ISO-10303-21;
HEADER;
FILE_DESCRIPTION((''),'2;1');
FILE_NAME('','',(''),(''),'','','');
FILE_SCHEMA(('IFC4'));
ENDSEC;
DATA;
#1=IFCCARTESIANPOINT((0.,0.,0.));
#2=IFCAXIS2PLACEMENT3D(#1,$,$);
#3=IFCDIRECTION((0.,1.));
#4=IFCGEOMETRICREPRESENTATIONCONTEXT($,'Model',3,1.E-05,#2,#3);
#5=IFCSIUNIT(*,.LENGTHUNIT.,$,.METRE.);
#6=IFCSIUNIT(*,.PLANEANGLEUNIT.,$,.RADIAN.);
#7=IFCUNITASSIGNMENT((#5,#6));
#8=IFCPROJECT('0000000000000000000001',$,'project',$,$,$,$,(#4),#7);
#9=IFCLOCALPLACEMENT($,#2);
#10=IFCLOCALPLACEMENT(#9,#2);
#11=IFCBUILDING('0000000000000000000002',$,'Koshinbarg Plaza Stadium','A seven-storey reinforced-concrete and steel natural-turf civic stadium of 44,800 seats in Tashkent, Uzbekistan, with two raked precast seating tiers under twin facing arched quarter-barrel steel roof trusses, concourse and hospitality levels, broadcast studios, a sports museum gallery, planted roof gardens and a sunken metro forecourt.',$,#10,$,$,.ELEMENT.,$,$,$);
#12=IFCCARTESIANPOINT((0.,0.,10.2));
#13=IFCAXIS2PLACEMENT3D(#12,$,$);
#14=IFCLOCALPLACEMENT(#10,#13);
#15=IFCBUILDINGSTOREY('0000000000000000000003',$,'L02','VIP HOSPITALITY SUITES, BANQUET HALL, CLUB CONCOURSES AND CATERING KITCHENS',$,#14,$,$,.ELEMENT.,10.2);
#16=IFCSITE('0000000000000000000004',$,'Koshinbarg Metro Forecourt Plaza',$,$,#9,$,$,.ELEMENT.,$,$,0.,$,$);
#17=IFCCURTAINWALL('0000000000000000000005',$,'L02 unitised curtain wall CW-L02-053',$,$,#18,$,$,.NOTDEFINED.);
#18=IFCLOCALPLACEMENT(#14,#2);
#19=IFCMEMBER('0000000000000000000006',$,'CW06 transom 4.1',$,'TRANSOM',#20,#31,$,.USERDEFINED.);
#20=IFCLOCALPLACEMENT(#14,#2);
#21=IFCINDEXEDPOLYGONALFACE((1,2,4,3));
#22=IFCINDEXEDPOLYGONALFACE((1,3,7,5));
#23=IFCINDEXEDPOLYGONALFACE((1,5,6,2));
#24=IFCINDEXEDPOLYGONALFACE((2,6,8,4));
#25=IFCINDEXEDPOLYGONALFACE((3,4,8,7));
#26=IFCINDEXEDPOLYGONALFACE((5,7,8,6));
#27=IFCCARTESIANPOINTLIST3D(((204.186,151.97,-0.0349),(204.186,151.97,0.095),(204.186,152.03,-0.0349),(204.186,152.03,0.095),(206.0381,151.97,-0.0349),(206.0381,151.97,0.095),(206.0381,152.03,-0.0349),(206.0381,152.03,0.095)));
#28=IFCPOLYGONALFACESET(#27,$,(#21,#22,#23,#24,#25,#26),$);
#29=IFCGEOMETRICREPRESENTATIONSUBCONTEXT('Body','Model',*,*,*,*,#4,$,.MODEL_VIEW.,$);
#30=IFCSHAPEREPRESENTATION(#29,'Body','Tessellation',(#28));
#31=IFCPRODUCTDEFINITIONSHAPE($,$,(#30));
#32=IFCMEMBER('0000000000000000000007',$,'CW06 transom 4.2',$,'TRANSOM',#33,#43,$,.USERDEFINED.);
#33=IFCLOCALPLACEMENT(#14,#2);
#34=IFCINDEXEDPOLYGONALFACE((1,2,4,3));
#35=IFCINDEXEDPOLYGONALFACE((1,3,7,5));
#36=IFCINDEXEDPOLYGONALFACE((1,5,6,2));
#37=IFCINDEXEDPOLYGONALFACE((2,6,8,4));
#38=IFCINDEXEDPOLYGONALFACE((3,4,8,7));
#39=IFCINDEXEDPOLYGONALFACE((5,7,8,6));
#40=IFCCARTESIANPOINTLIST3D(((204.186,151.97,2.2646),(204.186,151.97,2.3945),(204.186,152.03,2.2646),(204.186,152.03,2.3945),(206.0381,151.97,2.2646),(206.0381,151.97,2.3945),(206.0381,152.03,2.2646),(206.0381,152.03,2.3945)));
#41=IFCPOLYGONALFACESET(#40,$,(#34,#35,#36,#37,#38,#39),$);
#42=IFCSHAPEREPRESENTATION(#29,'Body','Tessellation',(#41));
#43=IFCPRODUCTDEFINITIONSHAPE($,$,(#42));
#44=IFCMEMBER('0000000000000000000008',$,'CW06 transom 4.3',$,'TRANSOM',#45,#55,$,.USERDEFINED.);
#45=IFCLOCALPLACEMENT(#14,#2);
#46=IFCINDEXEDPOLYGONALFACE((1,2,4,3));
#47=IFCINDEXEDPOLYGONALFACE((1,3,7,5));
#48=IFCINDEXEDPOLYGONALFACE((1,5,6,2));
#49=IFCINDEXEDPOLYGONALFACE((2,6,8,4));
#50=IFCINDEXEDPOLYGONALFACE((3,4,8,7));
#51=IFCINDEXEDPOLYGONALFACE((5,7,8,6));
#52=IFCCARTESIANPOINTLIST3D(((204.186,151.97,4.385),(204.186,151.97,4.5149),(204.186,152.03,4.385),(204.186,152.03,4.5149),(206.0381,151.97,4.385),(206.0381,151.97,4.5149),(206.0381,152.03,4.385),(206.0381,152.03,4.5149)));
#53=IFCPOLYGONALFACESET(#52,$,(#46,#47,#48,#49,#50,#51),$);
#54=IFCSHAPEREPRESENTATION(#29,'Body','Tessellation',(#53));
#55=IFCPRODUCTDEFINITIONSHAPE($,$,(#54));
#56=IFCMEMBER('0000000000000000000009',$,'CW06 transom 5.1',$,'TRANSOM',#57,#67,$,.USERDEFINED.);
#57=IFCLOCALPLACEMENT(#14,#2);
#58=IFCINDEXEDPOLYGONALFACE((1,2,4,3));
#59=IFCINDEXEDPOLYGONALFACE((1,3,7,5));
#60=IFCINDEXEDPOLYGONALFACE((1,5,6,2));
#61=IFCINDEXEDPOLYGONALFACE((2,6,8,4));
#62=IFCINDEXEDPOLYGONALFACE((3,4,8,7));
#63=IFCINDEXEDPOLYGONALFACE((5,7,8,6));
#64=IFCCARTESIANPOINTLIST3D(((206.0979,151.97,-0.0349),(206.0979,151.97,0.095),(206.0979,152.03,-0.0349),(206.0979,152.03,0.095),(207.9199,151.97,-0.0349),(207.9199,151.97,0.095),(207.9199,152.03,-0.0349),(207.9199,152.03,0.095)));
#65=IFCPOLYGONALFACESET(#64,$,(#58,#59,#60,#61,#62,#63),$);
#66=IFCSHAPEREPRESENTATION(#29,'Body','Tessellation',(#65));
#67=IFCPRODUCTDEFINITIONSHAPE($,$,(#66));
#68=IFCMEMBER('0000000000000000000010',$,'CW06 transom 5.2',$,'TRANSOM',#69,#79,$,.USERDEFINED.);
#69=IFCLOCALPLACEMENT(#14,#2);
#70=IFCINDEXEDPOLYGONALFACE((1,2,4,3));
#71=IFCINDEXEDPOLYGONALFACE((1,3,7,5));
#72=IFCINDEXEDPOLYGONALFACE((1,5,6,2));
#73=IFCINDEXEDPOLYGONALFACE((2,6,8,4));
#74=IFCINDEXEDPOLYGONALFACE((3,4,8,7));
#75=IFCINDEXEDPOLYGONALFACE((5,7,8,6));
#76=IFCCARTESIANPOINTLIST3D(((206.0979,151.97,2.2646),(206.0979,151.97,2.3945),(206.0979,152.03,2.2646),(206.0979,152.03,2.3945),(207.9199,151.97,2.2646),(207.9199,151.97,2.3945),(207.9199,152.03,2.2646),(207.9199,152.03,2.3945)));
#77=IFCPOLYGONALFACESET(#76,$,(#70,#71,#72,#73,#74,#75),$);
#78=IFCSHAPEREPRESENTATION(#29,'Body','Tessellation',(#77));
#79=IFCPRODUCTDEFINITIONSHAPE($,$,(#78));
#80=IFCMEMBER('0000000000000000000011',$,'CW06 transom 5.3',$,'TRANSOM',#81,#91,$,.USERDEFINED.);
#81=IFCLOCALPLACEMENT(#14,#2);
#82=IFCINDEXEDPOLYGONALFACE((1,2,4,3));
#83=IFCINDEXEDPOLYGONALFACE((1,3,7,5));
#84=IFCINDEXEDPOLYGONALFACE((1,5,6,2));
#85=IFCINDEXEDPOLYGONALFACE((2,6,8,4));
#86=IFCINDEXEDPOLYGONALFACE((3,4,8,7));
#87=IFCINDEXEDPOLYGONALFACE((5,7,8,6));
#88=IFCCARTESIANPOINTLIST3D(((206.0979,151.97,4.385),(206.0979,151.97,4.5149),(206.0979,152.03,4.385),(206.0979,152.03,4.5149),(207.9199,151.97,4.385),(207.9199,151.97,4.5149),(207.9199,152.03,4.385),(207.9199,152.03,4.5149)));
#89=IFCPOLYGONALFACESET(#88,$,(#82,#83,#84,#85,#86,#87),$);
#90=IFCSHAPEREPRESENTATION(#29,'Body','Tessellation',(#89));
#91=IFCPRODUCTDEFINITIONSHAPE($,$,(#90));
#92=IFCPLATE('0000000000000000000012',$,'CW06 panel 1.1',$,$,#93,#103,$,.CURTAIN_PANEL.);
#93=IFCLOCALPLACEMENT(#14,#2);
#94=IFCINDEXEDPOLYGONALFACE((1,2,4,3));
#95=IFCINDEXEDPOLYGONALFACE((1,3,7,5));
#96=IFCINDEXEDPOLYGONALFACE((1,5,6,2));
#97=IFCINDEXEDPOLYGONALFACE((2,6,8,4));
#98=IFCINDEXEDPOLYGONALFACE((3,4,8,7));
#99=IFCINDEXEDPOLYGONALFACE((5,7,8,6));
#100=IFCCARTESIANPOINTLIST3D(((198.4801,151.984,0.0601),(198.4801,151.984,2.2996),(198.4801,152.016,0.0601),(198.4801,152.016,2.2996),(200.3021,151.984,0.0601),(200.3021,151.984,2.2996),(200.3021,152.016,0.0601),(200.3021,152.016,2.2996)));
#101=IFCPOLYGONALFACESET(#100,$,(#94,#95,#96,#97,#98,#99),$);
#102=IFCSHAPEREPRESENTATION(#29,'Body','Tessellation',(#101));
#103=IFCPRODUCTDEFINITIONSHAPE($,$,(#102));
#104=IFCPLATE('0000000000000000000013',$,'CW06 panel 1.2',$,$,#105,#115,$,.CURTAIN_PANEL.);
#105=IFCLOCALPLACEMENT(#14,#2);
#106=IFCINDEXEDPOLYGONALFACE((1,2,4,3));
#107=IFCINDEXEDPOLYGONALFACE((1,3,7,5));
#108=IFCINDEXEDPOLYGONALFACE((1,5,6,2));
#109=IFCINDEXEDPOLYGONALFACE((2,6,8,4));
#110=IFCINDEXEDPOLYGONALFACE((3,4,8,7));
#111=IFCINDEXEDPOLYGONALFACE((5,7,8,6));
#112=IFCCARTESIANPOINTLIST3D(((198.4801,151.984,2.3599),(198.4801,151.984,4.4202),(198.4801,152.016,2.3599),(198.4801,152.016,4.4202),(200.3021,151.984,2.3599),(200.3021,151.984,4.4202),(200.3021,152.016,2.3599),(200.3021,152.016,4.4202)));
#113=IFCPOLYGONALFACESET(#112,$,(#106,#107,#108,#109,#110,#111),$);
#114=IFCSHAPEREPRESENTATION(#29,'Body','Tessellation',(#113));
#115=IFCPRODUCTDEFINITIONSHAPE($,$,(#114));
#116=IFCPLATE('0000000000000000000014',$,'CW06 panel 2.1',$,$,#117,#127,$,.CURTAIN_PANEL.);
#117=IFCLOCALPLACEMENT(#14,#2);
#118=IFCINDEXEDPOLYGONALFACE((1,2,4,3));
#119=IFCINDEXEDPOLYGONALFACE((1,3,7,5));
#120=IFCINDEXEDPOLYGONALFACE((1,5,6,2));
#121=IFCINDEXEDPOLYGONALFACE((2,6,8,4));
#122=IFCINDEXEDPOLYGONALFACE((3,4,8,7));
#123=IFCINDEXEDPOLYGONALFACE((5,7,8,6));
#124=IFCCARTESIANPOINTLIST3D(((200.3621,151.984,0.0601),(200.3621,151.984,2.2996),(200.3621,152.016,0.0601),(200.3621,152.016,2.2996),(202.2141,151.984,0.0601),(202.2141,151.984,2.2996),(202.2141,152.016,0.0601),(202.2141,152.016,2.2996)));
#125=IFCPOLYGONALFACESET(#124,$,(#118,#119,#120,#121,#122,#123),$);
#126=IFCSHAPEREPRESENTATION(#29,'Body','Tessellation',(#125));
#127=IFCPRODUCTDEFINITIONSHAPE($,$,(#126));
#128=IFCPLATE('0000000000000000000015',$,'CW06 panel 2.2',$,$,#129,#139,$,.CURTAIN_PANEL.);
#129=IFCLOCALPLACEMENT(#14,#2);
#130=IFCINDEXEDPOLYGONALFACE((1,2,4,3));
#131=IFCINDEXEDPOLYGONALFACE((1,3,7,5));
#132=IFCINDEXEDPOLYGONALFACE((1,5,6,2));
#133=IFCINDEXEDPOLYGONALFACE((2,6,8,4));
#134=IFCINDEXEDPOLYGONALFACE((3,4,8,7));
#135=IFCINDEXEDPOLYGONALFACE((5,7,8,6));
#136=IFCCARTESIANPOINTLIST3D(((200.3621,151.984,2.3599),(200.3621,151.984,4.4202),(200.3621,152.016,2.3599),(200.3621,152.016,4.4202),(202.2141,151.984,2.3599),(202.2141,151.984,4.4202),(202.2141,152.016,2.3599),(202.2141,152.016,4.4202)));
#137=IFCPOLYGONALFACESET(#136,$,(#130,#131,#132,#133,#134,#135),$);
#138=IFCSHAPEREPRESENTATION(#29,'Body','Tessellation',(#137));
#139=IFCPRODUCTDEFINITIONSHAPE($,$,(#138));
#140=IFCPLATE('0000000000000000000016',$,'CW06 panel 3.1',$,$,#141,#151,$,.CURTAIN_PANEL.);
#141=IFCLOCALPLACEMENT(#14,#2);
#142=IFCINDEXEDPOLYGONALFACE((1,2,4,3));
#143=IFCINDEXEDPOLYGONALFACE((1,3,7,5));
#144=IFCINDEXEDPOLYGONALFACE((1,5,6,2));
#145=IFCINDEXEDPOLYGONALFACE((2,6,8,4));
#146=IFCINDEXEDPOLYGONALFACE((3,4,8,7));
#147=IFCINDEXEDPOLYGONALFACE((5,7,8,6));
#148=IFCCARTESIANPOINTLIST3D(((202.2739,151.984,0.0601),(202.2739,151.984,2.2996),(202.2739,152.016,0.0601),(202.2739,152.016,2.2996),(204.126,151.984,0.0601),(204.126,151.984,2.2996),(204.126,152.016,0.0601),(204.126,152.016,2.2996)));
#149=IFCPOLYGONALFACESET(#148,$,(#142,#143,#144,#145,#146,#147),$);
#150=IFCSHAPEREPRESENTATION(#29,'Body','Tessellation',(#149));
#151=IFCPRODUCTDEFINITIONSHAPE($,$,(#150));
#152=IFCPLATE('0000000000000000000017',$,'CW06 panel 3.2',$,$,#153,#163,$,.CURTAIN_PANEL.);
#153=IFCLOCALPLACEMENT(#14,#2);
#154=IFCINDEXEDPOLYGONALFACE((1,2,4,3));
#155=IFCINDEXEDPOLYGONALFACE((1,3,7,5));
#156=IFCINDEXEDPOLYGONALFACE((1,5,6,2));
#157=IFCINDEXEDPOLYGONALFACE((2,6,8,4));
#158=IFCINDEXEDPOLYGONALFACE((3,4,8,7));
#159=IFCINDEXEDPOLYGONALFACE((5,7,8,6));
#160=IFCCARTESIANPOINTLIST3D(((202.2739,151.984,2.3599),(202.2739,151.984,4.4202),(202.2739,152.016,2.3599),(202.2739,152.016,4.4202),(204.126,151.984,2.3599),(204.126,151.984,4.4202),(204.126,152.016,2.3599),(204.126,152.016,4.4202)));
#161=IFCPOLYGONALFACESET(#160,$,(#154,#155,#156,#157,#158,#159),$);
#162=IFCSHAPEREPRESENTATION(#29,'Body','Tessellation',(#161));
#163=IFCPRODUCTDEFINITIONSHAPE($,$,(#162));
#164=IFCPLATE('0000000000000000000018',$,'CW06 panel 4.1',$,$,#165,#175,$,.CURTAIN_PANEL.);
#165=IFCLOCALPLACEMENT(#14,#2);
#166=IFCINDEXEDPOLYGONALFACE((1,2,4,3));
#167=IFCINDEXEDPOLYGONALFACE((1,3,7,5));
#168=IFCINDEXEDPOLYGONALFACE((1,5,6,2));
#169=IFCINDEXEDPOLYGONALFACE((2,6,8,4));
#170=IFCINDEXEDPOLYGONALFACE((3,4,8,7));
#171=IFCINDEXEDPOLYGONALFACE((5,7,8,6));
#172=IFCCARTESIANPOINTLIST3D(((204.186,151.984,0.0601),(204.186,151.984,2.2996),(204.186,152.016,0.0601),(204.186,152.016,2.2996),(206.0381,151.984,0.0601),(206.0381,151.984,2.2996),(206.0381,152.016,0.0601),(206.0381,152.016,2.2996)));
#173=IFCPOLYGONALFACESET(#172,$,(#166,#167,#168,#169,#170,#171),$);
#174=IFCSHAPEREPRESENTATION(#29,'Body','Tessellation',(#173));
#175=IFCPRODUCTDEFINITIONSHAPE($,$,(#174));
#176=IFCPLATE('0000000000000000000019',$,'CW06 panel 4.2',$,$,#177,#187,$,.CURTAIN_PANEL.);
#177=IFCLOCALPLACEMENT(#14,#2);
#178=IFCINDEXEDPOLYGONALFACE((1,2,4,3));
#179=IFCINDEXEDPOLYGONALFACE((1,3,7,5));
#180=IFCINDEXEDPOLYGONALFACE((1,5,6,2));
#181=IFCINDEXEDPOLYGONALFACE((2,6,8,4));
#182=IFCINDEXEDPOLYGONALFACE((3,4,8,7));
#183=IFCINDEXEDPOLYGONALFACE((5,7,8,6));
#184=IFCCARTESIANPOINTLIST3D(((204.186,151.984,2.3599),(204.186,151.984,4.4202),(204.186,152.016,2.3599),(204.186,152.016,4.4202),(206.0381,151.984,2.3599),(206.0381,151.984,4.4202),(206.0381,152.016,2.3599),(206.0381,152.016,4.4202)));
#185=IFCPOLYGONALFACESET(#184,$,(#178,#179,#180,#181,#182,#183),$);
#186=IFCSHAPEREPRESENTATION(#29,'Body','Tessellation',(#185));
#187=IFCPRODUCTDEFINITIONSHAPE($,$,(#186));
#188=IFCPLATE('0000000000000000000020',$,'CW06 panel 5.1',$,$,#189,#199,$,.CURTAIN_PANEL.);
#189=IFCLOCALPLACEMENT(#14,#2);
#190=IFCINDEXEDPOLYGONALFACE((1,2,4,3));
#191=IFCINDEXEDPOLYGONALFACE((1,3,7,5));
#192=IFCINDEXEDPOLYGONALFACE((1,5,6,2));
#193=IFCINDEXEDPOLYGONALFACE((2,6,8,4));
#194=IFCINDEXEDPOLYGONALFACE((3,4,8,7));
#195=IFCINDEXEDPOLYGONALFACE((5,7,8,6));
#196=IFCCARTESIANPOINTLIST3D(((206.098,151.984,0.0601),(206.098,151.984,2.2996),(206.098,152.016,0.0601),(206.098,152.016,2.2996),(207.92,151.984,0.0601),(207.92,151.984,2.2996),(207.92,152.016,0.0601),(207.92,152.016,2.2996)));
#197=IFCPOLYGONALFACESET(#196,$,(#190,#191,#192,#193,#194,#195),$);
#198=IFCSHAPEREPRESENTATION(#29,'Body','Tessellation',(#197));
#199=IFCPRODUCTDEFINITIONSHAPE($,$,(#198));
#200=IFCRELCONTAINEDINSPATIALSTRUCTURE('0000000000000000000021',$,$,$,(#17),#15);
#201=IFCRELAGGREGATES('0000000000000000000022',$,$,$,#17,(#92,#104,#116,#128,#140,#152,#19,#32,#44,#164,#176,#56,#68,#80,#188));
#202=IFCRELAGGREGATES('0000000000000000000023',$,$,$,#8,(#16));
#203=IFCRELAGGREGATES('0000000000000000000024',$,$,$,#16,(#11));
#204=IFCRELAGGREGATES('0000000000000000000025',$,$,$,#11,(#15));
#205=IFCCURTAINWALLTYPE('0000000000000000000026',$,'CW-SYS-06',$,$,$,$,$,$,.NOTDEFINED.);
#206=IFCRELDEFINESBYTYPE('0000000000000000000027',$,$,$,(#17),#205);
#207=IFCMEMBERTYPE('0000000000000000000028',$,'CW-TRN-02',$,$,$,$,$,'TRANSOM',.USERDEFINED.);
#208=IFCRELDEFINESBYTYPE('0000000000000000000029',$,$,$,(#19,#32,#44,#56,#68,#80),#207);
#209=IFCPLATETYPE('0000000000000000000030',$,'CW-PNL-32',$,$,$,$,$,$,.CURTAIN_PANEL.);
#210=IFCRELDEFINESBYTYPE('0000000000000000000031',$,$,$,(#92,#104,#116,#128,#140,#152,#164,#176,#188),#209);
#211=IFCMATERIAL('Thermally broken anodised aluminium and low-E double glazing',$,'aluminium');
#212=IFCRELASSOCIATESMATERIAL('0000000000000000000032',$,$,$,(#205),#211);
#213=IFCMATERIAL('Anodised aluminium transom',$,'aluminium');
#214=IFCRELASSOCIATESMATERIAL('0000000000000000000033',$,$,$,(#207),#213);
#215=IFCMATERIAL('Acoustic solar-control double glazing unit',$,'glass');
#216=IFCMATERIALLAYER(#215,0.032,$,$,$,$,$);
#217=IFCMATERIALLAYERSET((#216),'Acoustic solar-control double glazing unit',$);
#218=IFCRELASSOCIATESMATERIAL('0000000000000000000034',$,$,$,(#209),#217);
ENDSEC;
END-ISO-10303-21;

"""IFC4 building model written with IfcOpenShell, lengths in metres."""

from ifc_helpers import new_model, si_unit, direction, frame, origin, origin_2d, place, context, subcontext, project, spatial, rectangle, extrude, material, layer, layer_set, material_profile, profile_set, type_object, element, aggregate, save


model = new_model("IFC4")

# Units and contexts
model_context = context("Model", 3, precision=1e-05, world=origin(), true_north=direction((0.0, 1.0)))
body_context = subcontext(model_context, "Body", "Model", "MODEL_VIEW")
ifc_project = project(units=[si_unit("LENGTHUNIT", "METRE"), si_unit("PLANEANGLEUNIT", "RADIAN")], contexts=[model_context])

# Site, building, storey
site_placement = place(None, origin())
site = spatial("IfcSite", under=ifc_project, at=site_placement, Name="Koshinbarg Metro Forecourt Plaza", CompositionType="ELEMENT", RefElevation=0.0)
building_placement = place(site_placement, origin())
building = spatial("IfcBuilding", under=site, at=building_placement, Name="Koshinbarg Plaza Stadium", Description="A seven-storey reinforced-concrete and steel natural-turf civic stadium of 44,800 seats in Tashkent, Uzbekistan, with two raked precast seating tiers under twin facing arched quarter-barrel steel roof trusses, concourse and hospitality levels, broadcast studios, a sports museum gallery, planted roof gardens and a sunken metro forecourt.", CompositionType="ELEMENT")
storey_placement = place(building_placement, frame((0.0, 0.0, 10.2)))
storey = spatial("IfcBuildingStorey", under=building, at=storey_placement, Name="L02", Description="VIP HOSPITALITY SUITES, BANQUET HALL, CLUB CONCOURSES AND CATERING KITCHENS", CompositionType="ELEMENT", Elevation=10.2)

# Curtain wall, members, plates
ifc_material_1 = material(Name="Thermally broken anodised aluminium and low-E double glazing", Category="aluminium")
curtain_wall_type = type_object("IfcCurtainWallType", Name="CW-SYS-06", PredefinedType="NOTDEFINED", material=ifc_material_1)
curtain_wall_placement = place(storey_placement, origin())
curtain_wall = element("IfcCurtainWall", 1, at=curtain_wall_placement, inside=storey, type_object=curtain_wall_type, Name="L02 unitised curtain wall CW-L02-053", PredefinedType="NOTDEFINED")
ifc_material_2 = material(Name="Anodised aluminium transom", Category="aluminium")
ifc_material_profile_1 = material_profile(ifc_material_2, rectangle(XDim=0.0601, YDim=0.1299, at=origin_2d()), Name="ALU 60x130")
ifc_profile_set_1 = profile_set([ifc_material_profile_1], Name="Anodised aluminium transom")
member_type_1 = type_object("IfcMemberType", Name="CW-TRN-02", ElementType="TRANSOM", PredefinedType="USERDEFINED", material=ifc_profile_set_1)
member_1_placement = place(storey_placement, frame((204.186, 152.0, 0.03), z_axis=(1.0, 0.0, 0.0), x_axis=(0.0, 1.0, 0.0)))
member_1 = element("IfcMember", 2, at=member_1_placement, type_object=member_type_1, Name="CW06 transom 4.1", ObjectType="TRANSOM", PredefinedType="USERDEFINED", context=body_context, shape_type="SweptSolid", body=[
    extrude(rectangle(XDim=0.0601, YDim=0.1299, at=origin_2d()), origin(), (0.0, 0.0, 1.0), 1.8521),
])
member_2_placement = place(storey_placement, frame((204.186, 152.0, 2.3296), z_axis=(1.0, 0.0, 0.0), x_axis=(0.0, 1.0, 0.0)))
member_2 = element("IfcMember", 3, at=member_2_placement, type_object=member_type_1, Name="CW06 transom 4.2", ObjectType="TRANSOM", PredefinedType="USERDEFINED", context=body_context, shape_type="SweptSolid", body=[
    extrude(rectangle(XDim=0.0601, YDim=0.1299, at=origin_2d()), origin(), (0.0, 0.0, 1.0), 1.8521),
])
member_3_placement = place(storey_placement, frame((204.186, 152.0, 4.45), z_axis=(1.0, 0.0, 0.0), x_axis=(0.0, 1.0, 0.0)))
member_3 = element("IfcMember", 4, at=member_3_placement, type_object=member_type_1, Name="CW06 transom 4.3", ObjectType="TRANSOM", PredefinedType="USERDEFINED", context=body_context, shape_type="SweptSolid", body=[
    extrude(rectangle(XDim=0.0601, YDim=0.1299, at=origin_2d()), origin(), (0.0, 0.0, 1.0), 1.8521),
])
member_4_placement = place(storey_placement, frame((206.0979, 152.0, 0.03), z_axis=(1.0, 0.0, 0.0), x_axis=(0.0, 1.0, 0.0)))
member_4 = element("IfcMember", 5, at=member_4_placement, type_object=member_type_1, Name="CW06 transom 5.1", ObjectType="TRANSOM", PredefinedType="USERDEFINED", context=body_context, shape_type="SweptSolid", body=[
    extrude(rectangle(XDim=0.0601, YDim=0.1299, at=origin_2d()), origin(), (0.0, 0.0, 1.0), 1.822),
])
member_5_placement = place(storey_placement, frame((206.0979, 152.0, 2.3296), z_axis=(1.0, 0.0, 0.0), x_axis=(0.0, 1.0, 0.0)))
member_5 = element("IfcMember", 6, at=member_5_placement, type_object=member_type_1, Name="CW06 transom 5.2", ObjectType="TRANSOM", PredefinedType="USERDEFINED", context=body_context, shape_type="SweptSolid", body=[
    extrude(rectangle(XDim=0.0601, YDim=0.1299, at=origin_2d()), origin(), (0.0, 0.0, 1.0), 1.822),
])
member_6_placement = place(storey_placement, frame((206.0979, 152.0, 4.45), z_axis=(1.0, 0.0, 0.0), x_axis=(0.0, 1.0, 0.0)))
member_6 = element("IfcMember", 7, at=member_6_placement, type_object=member_type_1, Name="CW06 transom 5.3", ObjectType="TRANSOM", PredefinedType="USERDEFINED", context=body_context, shape_type="SweptSolid", body=[
    extrude(rectangle(XDim=0.0601, YDim=0.1299, at=origin_2d()), origin(), (0.0, 0.0, 1.0), 1.822),
])
ifc_material_3 = material(Name="Acoustic solar-control double glazing unit", Category="glass")
ifc_layer_1 = layer(ifc_material_3, 0.032)
ifc_layer_set_1 = layer_set([ifc_layer_1], Name="Acoustic solar-control double glazing unit")
plate_type = type_object("IfcPlateType", Name="CW-PNL-32", PredefinedType="CURTAIN_PANEL", material=ifc_layer_set_1)
plate_1_placement = place(storey_placement, frame((199.3911, 152.0, 0.0601), z_axis=(0.0, 0.0, 1.0), x_axis=(1.0, 0.0, 0.0)))
plate_1 = element("IfcPlate", 8, at=plate_1_placement, type_object=plate_type, Name="CW06 panel 1.1", PredefinedType="CURTAIN_PANEL", context=body_context, shape_type="SweptSolid", body=[
    extrude(rectangle(XDim=1.822, YDim=0.032, at=origin_2d()), origin(), (0.0, 0.0, 1.0), 2.2395),
])
plate_2_placement = place(storey_placement, frame((199.3911, 152.0, 2.3599), z_axis=(0.0, 0.0, 1.0), x_axis=(1.0, 0.0, 0.0)))
plate_2 = element("IfcPlate", 9, at=plate_2_placement, type_object=plate_type, Name="CW06 panel 1.2", PredefinedType="CURTAIN_PANEL", context=body_context, shape_type="SweptSolid", body=[
    extrude(rectangle(XDim=1.822, YDim=0.032, at=origin_2d()), origin(), (0.0, 0.0, 1.0), 2.0603),
])
plate_3_placement = place(storey_placement, frame((201.2881, 152.0, 0.0601), z_axis=(0.0, 0.0, 1.0), x_axis=(1.0, 0.0, 0.0)))
plate_3 = element("IfcPlate", 10, at=plate_3_placement, type_object=plate_type, Name="CW06 panel 2.1", PredefinedType="CURTAIN_PANEL", context=body_context, shape_type="SweptSolid", body=[
    extrude(rectangle(XDim=1.8521, YDim=0.032, at=origin_2d()), origin(), (0.0, 0.0, 1.0), 2.2395),
])
plate_4_placement = place(storey_placement, frame((201.2881, 152.0, 2.3599), z_axis=(0.0, 0.0, 1.0), x_axis=(1.0, 0.0, 0.0)))
plate_4 = element("IfcPlate", 11, at=plate_4_placement, type_object=plate_type, Name="CW06 panel 2.2", PredefinedType="CURTAIN_PANEL", context=body_context, shape_type="SweptSolid", body=[
    extrude(rectangle(XDim=1.8521, YDim=0.032, at=origin_2d()), origin(), (0.0, 0.0, 1.0), 2.0603),
])
plate_5_placement = place(storey_placement, frame((203.2, 152.0, 0.0601), z_axis=(0.0, 0.0, 1.0), x_axis=(1.0, 0.0, 0.0)))
plate_5 = element("IfcPlate", 12, at=plate_5_placement, type_object=plate_type, Name="CW06 panel 3.1", PredefinedType="CURTAIN_PANEL", context=body_context, shape_type="SweptSolid", body=[
    extrude(rectangle(XDim=1.8521, YDim=0.032, at=origin_2d()), origin(), (0.0, 0.0, 1.0), 2.2395),
])
plate_6_placement = place(storey_placement, frame((203.2, 152.0, 2.3599), z_axis=(0.0, 0.0, 1.0), x_axis=(1.0, 0.0, 0.0)))
plate_6 = element("IfcPlate", 13, at=plate_6_placement, type_object=plate_type, Name="CW06 panel 3.2", PredefinedType="CURTAIN_PANEL", context=body_context, shape_type="SweptSolid", body=[
    extrude(rectangle(XDim=1.8521, YDim=0.032, at=origin_2d()), origin(), (0.0, 0.0, 1.0), 2.0603),
])
plate_7_placement = place(storey_placement, frame((205.1121, 152.0, 0.0601), z_axis=(0.0, 0.0, 1.0), x_axis=(1.0, 0.0, 0.0)))
plate_7 = element("IfcPlate", 14, at=plate_7_placement, type_object=plate_type, Name="CW06 panel 4.1", PredefinedType="CURTAIN_PANEL", context=body_context, shape_type="SweptSolid", body=[
    extrude(rectangle(XDim=1.8521, YDim=0.032, at=origin_2d()), origin(), (0.0, 0.0, 1.0), 2.2395),
])
plate_8_placement = place(storey_placement, frame((205.1121, 152.0, 2.3599), z_axis=(0.0, 0.0, 1.0), x_axis=(1.0, 0.0, 0.0)))
plate_8 = element("IfcPlate", 15, at=plate_8_placement, type_object=plate_type, Name="CW06 panel 4.2", PredefinedType="CURTAIN_PANEL", context=body_context, shape_type="SweptSolid", body=[
    extrude(rectangle(XDim=1.8521, YDim=0.032, at=origin_2d()), origin(), (0.0, 0.0, 1.0), 2.0603),
])
plate_9_placement = place(storey_placement, frame((207.009, 152.0, 0.0601), z_axis=(0.0, 0.0, 1.0), x_axis=(1.0, 0.0, 0.0)))
plate_9 = element("IfcPlate", 16, at=plate_9_placement, type_object=plate_type, Name="CW06 panel 5.1", PredefinedType="CURTAIN_PANEL", context=body_context, shape_type="SweptSolid", body=[
    extrude(rectangle(XDim=1.822, YDim=0.032, at=origin_2d()), origin(), (0.0, 0.0, 1.0), 2.2395),
])
aggregate(curtain_wall, [plate_1, plate_2, plate_3, plate_4, plate_5, plate_6, member_1, member_2, member_3, plate_7, plate_8, member_4, member_5, member_6, plate_9])

save(model, "model.ifc")
